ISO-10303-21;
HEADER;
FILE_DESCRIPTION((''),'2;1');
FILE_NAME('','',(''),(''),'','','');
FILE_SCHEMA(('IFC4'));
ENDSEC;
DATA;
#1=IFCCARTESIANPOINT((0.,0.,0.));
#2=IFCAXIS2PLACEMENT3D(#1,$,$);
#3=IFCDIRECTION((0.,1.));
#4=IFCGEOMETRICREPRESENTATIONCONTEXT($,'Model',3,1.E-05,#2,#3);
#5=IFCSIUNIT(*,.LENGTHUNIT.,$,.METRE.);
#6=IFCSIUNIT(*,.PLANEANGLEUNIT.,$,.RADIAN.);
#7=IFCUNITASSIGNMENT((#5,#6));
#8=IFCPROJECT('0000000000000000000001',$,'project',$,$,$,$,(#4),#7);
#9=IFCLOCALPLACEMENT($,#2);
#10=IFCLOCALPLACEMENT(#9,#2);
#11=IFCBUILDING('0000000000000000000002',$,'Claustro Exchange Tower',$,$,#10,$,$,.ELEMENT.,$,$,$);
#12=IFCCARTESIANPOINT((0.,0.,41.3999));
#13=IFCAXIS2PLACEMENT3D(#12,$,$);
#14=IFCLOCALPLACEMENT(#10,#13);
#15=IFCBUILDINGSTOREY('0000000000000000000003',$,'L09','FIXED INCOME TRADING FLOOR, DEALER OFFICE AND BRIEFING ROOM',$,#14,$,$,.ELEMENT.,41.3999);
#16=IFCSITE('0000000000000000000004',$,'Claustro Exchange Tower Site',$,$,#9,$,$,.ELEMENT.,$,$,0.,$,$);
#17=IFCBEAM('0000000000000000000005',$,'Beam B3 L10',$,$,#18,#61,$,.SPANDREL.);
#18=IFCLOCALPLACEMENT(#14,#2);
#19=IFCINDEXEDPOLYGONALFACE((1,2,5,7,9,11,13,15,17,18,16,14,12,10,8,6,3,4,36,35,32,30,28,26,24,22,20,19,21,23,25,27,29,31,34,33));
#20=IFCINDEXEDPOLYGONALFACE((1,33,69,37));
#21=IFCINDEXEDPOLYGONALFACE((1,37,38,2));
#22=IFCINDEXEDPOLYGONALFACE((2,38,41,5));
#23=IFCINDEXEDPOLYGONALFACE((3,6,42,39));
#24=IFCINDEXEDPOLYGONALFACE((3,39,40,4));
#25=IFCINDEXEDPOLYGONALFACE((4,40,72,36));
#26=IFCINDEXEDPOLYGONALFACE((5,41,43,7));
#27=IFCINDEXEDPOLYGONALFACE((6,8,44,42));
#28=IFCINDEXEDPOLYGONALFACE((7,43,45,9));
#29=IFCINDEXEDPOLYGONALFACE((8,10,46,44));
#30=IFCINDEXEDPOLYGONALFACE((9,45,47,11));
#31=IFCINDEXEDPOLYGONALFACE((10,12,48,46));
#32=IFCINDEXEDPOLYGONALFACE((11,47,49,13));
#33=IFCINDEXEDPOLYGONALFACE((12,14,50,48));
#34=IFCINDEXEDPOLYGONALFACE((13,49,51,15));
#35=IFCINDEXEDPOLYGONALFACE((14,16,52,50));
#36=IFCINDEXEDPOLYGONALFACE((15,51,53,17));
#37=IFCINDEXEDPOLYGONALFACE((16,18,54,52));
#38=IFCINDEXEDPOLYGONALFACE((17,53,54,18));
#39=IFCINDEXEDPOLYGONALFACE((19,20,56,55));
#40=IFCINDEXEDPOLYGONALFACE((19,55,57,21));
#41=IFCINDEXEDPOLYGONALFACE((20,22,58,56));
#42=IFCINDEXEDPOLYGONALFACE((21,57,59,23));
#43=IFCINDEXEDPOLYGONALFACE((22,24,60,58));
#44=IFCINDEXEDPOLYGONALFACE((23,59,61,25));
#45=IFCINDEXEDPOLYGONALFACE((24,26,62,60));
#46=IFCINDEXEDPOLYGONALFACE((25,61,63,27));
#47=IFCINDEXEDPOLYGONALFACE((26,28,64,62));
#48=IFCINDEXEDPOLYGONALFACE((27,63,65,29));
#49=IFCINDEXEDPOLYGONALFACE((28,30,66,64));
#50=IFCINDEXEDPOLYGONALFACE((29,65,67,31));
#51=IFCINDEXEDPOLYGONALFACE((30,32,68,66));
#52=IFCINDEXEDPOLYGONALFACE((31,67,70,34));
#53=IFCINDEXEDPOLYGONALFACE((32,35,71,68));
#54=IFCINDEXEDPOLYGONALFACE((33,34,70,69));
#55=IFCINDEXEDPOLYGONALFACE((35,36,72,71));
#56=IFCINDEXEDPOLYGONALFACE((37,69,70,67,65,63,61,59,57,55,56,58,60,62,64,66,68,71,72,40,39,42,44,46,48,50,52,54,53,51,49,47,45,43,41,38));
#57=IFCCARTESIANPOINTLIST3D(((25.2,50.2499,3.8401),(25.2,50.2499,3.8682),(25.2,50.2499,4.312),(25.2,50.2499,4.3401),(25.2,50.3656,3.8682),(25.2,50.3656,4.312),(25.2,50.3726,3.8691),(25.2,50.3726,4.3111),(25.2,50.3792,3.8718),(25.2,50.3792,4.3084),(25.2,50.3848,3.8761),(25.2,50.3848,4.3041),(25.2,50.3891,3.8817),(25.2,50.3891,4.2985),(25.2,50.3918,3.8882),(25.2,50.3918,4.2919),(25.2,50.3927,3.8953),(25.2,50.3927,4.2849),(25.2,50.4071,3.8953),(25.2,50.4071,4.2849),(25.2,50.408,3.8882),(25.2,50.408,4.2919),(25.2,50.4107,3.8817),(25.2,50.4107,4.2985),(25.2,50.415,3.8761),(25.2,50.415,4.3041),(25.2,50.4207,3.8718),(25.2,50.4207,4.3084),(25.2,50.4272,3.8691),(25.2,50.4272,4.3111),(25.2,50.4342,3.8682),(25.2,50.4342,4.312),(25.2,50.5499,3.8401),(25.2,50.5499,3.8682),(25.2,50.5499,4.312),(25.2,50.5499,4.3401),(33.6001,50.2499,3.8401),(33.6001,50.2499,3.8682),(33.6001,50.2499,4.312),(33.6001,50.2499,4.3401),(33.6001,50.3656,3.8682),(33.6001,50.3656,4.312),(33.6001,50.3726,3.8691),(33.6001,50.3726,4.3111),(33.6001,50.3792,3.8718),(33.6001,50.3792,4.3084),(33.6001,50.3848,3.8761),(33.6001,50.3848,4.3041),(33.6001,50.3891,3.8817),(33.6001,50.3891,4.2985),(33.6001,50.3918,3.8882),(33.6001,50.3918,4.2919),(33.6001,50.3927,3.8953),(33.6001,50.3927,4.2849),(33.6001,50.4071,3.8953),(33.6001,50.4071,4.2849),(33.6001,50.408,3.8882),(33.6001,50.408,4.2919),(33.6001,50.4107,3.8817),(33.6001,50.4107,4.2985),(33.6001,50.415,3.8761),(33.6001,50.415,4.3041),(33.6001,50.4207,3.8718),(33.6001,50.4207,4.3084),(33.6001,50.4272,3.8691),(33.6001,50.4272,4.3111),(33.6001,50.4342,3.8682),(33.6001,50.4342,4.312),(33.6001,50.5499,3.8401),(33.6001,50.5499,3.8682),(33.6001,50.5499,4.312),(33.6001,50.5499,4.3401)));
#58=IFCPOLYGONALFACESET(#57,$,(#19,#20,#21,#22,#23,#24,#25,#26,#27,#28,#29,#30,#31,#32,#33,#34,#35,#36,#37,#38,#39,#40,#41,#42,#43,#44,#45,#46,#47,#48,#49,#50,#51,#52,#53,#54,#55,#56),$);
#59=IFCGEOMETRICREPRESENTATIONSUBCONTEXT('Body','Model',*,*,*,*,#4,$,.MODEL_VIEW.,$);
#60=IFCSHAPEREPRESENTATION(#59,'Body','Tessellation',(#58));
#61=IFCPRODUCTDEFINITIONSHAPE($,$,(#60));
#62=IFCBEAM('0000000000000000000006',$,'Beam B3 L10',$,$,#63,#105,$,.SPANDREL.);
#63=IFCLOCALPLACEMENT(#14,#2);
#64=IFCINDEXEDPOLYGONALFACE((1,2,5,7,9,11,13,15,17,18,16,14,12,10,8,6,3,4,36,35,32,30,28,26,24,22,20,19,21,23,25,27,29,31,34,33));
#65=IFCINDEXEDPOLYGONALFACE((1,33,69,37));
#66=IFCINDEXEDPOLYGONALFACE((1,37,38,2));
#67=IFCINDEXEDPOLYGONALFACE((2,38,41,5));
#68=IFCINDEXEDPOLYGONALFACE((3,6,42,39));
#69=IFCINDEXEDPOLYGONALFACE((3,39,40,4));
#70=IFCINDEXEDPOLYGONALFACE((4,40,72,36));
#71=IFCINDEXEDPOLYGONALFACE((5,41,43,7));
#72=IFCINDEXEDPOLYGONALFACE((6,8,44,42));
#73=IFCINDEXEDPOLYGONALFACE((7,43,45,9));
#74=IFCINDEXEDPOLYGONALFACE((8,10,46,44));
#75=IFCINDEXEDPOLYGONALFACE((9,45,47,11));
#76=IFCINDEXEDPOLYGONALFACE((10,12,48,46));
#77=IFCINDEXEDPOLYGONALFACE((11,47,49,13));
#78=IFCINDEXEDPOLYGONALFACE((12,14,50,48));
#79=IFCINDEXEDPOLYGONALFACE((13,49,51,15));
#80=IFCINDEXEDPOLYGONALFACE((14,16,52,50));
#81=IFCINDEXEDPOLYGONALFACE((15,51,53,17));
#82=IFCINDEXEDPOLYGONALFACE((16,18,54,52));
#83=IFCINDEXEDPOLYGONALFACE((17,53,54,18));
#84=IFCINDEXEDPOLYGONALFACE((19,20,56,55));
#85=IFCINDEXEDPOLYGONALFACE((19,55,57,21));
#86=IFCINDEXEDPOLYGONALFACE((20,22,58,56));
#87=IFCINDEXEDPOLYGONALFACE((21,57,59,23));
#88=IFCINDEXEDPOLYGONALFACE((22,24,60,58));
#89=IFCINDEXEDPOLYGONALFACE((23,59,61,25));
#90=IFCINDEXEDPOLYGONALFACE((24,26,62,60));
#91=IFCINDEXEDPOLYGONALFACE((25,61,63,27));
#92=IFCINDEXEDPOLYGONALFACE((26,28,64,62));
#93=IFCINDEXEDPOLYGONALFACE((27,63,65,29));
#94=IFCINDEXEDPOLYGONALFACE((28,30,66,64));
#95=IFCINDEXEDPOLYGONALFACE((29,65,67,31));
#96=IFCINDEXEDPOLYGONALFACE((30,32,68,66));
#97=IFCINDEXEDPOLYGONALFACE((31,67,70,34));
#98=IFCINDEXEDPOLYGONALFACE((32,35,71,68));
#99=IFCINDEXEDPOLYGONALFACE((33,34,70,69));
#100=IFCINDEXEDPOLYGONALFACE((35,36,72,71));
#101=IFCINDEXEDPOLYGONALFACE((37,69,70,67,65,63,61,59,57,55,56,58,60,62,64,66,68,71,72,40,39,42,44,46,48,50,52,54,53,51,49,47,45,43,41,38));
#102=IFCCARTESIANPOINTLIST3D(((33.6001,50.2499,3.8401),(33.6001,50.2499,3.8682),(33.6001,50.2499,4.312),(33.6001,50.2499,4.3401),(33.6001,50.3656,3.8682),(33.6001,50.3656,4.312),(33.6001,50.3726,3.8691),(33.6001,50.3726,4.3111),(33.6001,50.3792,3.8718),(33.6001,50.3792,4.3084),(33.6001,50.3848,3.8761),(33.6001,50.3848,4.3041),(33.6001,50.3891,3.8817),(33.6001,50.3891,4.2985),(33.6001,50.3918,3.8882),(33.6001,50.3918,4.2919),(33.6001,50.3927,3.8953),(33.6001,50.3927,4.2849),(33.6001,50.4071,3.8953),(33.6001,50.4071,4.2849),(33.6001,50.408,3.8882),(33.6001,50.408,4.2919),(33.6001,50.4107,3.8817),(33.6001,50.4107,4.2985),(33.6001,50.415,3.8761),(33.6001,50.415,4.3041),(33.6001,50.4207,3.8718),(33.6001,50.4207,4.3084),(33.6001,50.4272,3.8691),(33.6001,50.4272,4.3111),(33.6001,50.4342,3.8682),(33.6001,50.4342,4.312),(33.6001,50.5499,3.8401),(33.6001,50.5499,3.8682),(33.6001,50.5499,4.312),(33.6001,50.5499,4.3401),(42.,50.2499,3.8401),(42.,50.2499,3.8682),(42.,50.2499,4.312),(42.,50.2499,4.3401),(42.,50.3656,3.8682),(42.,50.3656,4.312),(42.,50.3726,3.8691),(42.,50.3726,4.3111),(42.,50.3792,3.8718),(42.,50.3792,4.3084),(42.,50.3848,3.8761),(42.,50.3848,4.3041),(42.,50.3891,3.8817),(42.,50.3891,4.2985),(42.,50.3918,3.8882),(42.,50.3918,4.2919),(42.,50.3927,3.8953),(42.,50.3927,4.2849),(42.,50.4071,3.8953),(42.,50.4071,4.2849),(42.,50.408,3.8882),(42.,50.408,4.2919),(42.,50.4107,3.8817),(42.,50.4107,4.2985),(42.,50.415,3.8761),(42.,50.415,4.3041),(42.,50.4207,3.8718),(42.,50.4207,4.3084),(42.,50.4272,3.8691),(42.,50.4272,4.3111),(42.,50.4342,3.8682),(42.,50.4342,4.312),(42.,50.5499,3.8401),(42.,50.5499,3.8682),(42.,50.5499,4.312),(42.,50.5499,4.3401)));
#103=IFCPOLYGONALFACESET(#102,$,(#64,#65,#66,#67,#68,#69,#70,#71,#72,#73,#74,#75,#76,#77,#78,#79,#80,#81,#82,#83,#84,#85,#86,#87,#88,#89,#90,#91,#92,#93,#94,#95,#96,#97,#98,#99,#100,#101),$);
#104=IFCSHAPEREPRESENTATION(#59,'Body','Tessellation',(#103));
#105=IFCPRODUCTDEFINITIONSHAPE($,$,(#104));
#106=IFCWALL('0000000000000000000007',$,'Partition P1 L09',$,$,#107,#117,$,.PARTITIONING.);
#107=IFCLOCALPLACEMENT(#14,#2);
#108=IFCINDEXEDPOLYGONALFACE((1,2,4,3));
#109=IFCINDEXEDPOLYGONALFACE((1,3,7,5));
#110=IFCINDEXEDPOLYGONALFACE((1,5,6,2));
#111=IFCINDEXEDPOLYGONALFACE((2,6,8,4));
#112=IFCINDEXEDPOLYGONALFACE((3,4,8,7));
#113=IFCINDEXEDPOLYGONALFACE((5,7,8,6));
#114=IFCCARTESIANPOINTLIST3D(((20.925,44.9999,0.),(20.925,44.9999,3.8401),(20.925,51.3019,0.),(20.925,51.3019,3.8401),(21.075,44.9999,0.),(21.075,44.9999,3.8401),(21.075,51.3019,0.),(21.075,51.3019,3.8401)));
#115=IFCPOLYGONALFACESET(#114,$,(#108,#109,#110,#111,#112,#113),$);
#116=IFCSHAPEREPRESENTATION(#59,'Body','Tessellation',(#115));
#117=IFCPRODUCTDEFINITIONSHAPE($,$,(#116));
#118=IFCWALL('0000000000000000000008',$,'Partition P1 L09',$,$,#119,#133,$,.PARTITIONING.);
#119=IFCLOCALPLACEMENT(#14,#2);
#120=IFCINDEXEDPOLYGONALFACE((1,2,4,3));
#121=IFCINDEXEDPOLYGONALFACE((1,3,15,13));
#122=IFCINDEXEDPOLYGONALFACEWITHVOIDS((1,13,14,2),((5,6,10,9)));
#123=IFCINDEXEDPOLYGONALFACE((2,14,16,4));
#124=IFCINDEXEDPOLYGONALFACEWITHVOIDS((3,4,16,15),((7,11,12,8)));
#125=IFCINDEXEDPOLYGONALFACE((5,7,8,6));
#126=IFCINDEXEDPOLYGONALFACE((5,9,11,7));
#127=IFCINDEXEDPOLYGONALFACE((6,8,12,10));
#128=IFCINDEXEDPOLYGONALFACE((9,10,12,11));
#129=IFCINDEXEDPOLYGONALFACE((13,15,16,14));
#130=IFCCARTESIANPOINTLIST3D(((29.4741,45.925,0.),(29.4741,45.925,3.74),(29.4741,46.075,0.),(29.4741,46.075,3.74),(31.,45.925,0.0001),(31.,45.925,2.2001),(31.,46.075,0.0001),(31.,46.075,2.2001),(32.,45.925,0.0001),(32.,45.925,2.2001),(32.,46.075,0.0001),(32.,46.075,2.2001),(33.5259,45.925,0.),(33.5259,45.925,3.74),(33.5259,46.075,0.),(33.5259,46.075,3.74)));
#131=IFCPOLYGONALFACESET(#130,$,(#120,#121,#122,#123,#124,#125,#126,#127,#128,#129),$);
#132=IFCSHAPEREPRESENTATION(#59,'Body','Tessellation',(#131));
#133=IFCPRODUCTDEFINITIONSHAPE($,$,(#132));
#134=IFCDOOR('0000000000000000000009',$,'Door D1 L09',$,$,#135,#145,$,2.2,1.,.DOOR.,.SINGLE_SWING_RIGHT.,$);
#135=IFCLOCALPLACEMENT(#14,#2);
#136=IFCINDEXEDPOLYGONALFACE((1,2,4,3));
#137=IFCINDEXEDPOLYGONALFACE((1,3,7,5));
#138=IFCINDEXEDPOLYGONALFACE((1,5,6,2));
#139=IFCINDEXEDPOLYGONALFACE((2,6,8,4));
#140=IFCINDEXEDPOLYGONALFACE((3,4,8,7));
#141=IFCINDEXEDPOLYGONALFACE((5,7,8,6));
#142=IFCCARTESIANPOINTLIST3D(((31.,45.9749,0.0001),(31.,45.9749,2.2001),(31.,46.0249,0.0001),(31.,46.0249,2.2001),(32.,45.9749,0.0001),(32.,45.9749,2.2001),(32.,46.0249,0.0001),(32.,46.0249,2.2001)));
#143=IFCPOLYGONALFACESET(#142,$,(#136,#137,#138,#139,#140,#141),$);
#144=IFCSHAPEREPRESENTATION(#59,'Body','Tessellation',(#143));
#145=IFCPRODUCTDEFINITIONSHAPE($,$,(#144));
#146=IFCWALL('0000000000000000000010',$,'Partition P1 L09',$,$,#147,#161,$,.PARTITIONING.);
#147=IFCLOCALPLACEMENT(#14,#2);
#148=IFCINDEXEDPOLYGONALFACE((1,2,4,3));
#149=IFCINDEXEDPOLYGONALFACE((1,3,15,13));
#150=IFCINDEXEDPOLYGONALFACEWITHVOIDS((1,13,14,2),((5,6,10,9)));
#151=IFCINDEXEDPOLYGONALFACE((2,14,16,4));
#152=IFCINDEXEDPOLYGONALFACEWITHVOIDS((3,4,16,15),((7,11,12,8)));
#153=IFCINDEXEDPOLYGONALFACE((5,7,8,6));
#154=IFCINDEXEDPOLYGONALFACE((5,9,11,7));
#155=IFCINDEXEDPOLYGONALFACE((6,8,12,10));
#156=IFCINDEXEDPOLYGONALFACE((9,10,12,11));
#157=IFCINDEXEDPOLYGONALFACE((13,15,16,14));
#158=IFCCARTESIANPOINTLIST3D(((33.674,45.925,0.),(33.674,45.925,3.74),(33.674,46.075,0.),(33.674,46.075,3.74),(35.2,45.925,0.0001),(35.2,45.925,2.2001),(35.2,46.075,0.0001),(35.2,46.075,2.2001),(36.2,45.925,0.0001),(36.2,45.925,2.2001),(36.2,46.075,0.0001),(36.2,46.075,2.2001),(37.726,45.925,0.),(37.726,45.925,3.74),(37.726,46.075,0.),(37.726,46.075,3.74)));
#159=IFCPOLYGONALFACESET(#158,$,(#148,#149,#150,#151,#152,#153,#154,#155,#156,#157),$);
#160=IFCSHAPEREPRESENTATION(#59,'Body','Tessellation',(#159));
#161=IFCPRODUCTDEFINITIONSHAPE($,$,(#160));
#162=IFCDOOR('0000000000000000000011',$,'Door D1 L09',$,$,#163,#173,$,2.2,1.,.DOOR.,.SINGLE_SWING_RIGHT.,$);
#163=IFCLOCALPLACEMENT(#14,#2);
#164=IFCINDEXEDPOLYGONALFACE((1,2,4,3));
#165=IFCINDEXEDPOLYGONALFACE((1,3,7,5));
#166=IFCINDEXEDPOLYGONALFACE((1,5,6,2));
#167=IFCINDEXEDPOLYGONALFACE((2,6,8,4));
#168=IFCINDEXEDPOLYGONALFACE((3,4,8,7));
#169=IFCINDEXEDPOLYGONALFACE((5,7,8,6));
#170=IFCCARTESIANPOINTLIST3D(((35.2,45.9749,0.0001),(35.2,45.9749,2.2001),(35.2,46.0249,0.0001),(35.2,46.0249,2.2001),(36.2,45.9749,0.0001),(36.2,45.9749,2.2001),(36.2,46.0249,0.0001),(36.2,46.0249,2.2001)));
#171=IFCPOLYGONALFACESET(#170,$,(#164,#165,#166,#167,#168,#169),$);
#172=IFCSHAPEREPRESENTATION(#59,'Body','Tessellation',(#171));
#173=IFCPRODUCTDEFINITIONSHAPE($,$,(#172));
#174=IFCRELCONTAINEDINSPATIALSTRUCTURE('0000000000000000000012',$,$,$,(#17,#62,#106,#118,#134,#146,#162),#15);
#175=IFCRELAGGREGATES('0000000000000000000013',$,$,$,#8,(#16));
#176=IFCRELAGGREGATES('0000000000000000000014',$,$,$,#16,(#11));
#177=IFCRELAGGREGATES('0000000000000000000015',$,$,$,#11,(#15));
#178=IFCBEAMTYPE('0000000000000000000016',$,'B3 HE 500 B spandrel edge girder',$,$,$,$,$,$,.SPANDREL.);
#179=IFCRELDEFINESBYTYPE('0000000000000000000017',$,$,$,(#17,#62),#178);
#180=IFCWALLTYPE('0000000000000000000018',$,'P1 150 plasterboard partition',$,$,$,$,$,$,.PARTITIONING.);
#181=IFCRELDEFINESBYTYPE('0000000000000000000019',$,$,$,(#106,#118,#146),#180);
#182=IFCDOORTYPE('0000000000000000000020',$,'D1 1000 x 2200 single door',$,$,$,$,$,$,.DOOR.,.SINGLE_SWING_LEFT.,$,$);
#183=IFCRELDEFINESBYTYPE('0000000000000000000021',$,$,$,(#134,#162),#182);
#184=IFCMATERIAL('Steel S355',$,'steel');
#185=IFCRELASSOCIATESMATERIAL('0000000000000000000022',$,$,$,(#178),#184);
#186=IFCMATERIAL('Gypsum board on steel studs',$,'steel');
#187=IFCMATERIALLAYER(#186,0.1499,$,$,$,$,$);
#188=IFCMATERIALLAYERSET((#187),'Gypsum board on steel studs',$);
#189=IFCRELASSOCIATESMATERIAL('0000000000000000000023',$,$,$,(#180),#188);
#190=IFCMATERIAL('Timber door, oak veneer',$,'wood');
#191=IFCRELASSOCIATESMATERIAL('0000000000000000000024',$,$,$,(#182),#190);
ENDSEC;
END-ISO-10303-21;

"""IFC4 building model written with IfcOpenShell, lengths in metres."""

from ifc_helpers import new_model, si_unit, direction, frame, frame_2d, origin, origin_2d, place, context, subcontext, project, spatial, rectangle, i_section, extrude, material, layer, layer_set, material_profile, profile_set, type_object, element, fill, save


model = new_model("IFC4")

# Units and contexts
model_context = context("Model", 3, precision=1e-05, world=origin(), true_north=direction((0.0, 1.0)))
body_context = subcontext(model_context, "Body", "Model", "MODEL_VIEW")
ifc_project = project(units=[si_unit("LENGTHUNIT", "METRE"), si_unit("PLANEANGLEUNIT", "RADIAN")], contexts=[model_context])

# Site, building, storey
site_placement = place(None, origin())
site = spatial("IfcSite", under=ifc_project, at=site_placement, Name="Claustro Exchange Tower Site", CompositionType="ELEMENT", RefElevation=0.0)
building_placement = place(site_placement, origin())
building = spatial("IfcBuilding", under=site, at=building_placement, Name="Claustro Exchange Tower", CompositionType="ELEMENT")
storey_placement = place(building_placement, frame((0.0, 0.0, 41.3999)))
storey = spatial("IfcBuildingStorey", under=building, at=storey_placement, Name="L09", Description="FIXED INCOME TRADING FLOOR, DEALER OFFICE AND BRIEFING ROOM", CompositionType="ELEMENT", Elevation=41.3999)

# Beams
ifc_material_1 = material(Name="Steel S355", Category="steel")
ifc_material_profile_1 = material_profile(ifc_material_1, i_section(OverallWidth=0.3, OverallDepth=0.5, WebThickness=0.0144, FlangeThickness=0.0281, FilletRadius=0.0271, at=origin_2d()), Name="HE 500 B")
ifc_profile_set_1 = profile_set([ifc_material_profile_1], Name="Steel S355")
beam_type_1 = type_object("IfcBeamType", Name="B3 HE 500 B spandrel edge girder", PredefinedType="SPANDREL", material=ifc_profile_set_1)
beam_1_placement = place(storey_placement, frame((25.2, 50.3999, 4.0901), z_axis=(1.0, 0.0, 0.0), x_axis=(0.0, 1.0, 0.0)))
element("IfcBeam", 1, at=beam_1_placement, inside=storey, type_object=beam_type_1, Name="Beam B3 L10", PredefinedType="SPANDREL", context=body_context, shape_type="SweptSolid", body=[
    extrude(i_section(OverallWidth=0.3, OverallDepth=0.5, WebThickness=0.0144, FlangeThickness=0.0281, FilletRadius=0.0271, at=origin_2d()), origin(), (0.0, 0.0, 1.0), 8.4001),
])
beam_2_placement = place(storey_placement, frame((33.6001, 50.3999, 4.0901), z_axis=(1.0, 0.0, 0.0), x_axis=(0.0, 1.0, 0.0)))
element("IfcBeam", 2, at=beam_2_placement, inside=storey, type_object=beam_type_1, Name="Beam B3 L10", PredefinedType="SPANDREL", context=body_context, shape_type="SweptSolid", body=[
    extrude(i_section(OverallWidth=0.3, OverallDepth=0.5, WebThickness=0.0144, FlangeThickness=0.0281, FilletRadius=0.0271, at=origin_2d()), origin(), (0.0, 0.0, 1.0), 8.3999),
])

# Wall
ifc_material_2 = material(Name="Gypsum board on steel studs", Category="steel")
ifc_layer_1 = layer(ifc_material_2, 0.1499)
ifc_layer_set_1 = layer_set([ifc_layer_1], Name="Gypsum board on steel studs")
wall_type_1 = type_object("IfcWallType", Name="P1 150 plasterboard partition", PredefinedType="PARTITIONING", material=ifc_layer_set_1)
wall_1_placement = place(storey_placement, frame((21.0, 45.0, 0.0), z_axis=(0.0, 0.0, 1.0), x_axis=(0.0, 1.0, 0.0)))
element("IfcWall", 3, at=wall_1_placement, inside=storey, type_object=wall_type_1, Name="Partition P1 L09", PredefinedType="PARTITIONING", context=body_context, shape_type="SweptSolid", body=[
    extrude(rectangle(XDim=6.302, YDim=0.1499, at=frame_2d((3.1509, 0.0))), origin(), (0.0, 0.0, 1.0), 3.8401),
])

# Walls, openings, doors
wall_2_placement = place(storey_placement, frame((29.4741, 46.0, 0.0), z_axis=(0.0, 0.0, 1.0), x_axis=(1.0, 0.0, 0.0)))
wall_2 = element("IfcWall", 4, at=wall_2_placement, inside=storey, type_object=wall_type_1, Name="Partition P1 L09", PredefinedType="PARTITIONING", context=body_context, shape_type="SweptSolid", body=[
    extrude(rectangle(XDim=4.0518, YDim=0.1499, at=frame_2d((2.0259, 0.0))), origin(), (0.0, 0.0, 1.0), 3.74),
])
opening_1_placement = place(wall_2_placement, frame((1.5259, 0.0, 0.0)))
opening_1 = element("IfcOpeningElement", 5, at=opening_1_placement, cuts=wall_2, PredefinedType="OPENING", context=body_context, shape_type="SweptSolid", body=[
    extrude(rectangle(XDim=1.0, YDim=2.2, at=frame_2d((0.5, 1.1001))), frame((0.0, 0.085, 0.0), z_axis=(0.0, -1.0, 0.0), x_axis=(1.0, 0.0, 0.0)), (0.0, 0.0, 1.0), 0.1699),
])
ifc_material_3 = material(Name="Timber door, oak veneer", Category="wood")
door_type = type_object("IfcDoorType", Name="D1 1000 x 2200 single door", OperationType="SINGLE_SWING_LEFT", PredefinedType="DOOR", material=ifc_material_3)
door_1_placement = place(opening_1_placement, origin())
door_1 = element("IfcDoor", 6, at=door_1_placement, inside=storey, type_object=door_type, Name="Door D1 L09", OperationType="SINGLE_SWING_RIGHT", OverallHeight=2.2, OverallWidth=1.0, PredefinedType="DOOR", context=body_context, shape_type="SweptSolid", body=[
    extrude(rectangle(XDim=1.0, YDim=2.2, at=frame_2d((0.5, 1.1001))), frame((0.0, 0.0249, 0.0), z_axis=(0.0, -1.0, 0.0), x_axis=(1.0, 0.0, 0.0)), (0.0, 0.0, 1.0), 0.05),
])
fill(opening_1, door_1)
wall_3_placement = place(storey_placement, frame((33.6741, 46.0, 0.0), z_axis=(0.0, 0.0, 1.0), x_axis=(1.0, 0.0, 0.0)))
wall_3 = element("IfcWall", 7, at=wall_3_placement, inside=storey, type_object=wall_type_1, Name="Partition P1 L09", PredefinedType="PARTITIONING", context=body_context, shape_type="SweptSolid", body=[
    extrude(rectangle(XDim=4.052, YDim=0.1499, at=frame_2d((2.0259, 0.0))), origin(), (0.0, 0.0, 1.0), 3.74),
])
opening_2_placement = place(wall_3_placement, frame((1.5259, 0.0, 0.0)))
opening_2 = element("IfcOpeningElement", 8, at=opening_2_placement, cuts=wall_3, PredefinedType="OPENING", context=body_context, shape_type="SweptSolid", body=[
    extrude(rectangle(XDim=1.0, YDim=2.2, at=frame_2d((0.5, 1.1001))), frame((0.0, 0.085, 0.0), z_axis=(0.0, -1.0, 0.0), x_axis=(1.0, 0.0, 0.0)), (0.0, 0.0, 1.0), 0.1699),
])
door_2_placement = place(opening_2_placement, origin())
door_2 = element("IfcDoor", 9, at=door_2_placement, inside=storey, type_object=door_type, Name="Door D1 L09", OperationType="SINGLE_SWING_RIGHT", OverallHeight=2.2, OverallWidth=1.0, PredefinedType="DOOR", context=body_context, shape_type="SweptSolid", body=[
    extrude(rectangle(XDim=1.0, YDim=2.2, at=frame_2d((0.5, 1.1001))), frame((0.0, 0.0249, 0.0), z_axis=(0.0, -1.0, 0.0), x_axis=(1.0, 0.0, 0.0)), (0.0, 0.0, 1.0), 0.05),
])
fill(opening_2, door_2)

save(model, "model.ifc")
